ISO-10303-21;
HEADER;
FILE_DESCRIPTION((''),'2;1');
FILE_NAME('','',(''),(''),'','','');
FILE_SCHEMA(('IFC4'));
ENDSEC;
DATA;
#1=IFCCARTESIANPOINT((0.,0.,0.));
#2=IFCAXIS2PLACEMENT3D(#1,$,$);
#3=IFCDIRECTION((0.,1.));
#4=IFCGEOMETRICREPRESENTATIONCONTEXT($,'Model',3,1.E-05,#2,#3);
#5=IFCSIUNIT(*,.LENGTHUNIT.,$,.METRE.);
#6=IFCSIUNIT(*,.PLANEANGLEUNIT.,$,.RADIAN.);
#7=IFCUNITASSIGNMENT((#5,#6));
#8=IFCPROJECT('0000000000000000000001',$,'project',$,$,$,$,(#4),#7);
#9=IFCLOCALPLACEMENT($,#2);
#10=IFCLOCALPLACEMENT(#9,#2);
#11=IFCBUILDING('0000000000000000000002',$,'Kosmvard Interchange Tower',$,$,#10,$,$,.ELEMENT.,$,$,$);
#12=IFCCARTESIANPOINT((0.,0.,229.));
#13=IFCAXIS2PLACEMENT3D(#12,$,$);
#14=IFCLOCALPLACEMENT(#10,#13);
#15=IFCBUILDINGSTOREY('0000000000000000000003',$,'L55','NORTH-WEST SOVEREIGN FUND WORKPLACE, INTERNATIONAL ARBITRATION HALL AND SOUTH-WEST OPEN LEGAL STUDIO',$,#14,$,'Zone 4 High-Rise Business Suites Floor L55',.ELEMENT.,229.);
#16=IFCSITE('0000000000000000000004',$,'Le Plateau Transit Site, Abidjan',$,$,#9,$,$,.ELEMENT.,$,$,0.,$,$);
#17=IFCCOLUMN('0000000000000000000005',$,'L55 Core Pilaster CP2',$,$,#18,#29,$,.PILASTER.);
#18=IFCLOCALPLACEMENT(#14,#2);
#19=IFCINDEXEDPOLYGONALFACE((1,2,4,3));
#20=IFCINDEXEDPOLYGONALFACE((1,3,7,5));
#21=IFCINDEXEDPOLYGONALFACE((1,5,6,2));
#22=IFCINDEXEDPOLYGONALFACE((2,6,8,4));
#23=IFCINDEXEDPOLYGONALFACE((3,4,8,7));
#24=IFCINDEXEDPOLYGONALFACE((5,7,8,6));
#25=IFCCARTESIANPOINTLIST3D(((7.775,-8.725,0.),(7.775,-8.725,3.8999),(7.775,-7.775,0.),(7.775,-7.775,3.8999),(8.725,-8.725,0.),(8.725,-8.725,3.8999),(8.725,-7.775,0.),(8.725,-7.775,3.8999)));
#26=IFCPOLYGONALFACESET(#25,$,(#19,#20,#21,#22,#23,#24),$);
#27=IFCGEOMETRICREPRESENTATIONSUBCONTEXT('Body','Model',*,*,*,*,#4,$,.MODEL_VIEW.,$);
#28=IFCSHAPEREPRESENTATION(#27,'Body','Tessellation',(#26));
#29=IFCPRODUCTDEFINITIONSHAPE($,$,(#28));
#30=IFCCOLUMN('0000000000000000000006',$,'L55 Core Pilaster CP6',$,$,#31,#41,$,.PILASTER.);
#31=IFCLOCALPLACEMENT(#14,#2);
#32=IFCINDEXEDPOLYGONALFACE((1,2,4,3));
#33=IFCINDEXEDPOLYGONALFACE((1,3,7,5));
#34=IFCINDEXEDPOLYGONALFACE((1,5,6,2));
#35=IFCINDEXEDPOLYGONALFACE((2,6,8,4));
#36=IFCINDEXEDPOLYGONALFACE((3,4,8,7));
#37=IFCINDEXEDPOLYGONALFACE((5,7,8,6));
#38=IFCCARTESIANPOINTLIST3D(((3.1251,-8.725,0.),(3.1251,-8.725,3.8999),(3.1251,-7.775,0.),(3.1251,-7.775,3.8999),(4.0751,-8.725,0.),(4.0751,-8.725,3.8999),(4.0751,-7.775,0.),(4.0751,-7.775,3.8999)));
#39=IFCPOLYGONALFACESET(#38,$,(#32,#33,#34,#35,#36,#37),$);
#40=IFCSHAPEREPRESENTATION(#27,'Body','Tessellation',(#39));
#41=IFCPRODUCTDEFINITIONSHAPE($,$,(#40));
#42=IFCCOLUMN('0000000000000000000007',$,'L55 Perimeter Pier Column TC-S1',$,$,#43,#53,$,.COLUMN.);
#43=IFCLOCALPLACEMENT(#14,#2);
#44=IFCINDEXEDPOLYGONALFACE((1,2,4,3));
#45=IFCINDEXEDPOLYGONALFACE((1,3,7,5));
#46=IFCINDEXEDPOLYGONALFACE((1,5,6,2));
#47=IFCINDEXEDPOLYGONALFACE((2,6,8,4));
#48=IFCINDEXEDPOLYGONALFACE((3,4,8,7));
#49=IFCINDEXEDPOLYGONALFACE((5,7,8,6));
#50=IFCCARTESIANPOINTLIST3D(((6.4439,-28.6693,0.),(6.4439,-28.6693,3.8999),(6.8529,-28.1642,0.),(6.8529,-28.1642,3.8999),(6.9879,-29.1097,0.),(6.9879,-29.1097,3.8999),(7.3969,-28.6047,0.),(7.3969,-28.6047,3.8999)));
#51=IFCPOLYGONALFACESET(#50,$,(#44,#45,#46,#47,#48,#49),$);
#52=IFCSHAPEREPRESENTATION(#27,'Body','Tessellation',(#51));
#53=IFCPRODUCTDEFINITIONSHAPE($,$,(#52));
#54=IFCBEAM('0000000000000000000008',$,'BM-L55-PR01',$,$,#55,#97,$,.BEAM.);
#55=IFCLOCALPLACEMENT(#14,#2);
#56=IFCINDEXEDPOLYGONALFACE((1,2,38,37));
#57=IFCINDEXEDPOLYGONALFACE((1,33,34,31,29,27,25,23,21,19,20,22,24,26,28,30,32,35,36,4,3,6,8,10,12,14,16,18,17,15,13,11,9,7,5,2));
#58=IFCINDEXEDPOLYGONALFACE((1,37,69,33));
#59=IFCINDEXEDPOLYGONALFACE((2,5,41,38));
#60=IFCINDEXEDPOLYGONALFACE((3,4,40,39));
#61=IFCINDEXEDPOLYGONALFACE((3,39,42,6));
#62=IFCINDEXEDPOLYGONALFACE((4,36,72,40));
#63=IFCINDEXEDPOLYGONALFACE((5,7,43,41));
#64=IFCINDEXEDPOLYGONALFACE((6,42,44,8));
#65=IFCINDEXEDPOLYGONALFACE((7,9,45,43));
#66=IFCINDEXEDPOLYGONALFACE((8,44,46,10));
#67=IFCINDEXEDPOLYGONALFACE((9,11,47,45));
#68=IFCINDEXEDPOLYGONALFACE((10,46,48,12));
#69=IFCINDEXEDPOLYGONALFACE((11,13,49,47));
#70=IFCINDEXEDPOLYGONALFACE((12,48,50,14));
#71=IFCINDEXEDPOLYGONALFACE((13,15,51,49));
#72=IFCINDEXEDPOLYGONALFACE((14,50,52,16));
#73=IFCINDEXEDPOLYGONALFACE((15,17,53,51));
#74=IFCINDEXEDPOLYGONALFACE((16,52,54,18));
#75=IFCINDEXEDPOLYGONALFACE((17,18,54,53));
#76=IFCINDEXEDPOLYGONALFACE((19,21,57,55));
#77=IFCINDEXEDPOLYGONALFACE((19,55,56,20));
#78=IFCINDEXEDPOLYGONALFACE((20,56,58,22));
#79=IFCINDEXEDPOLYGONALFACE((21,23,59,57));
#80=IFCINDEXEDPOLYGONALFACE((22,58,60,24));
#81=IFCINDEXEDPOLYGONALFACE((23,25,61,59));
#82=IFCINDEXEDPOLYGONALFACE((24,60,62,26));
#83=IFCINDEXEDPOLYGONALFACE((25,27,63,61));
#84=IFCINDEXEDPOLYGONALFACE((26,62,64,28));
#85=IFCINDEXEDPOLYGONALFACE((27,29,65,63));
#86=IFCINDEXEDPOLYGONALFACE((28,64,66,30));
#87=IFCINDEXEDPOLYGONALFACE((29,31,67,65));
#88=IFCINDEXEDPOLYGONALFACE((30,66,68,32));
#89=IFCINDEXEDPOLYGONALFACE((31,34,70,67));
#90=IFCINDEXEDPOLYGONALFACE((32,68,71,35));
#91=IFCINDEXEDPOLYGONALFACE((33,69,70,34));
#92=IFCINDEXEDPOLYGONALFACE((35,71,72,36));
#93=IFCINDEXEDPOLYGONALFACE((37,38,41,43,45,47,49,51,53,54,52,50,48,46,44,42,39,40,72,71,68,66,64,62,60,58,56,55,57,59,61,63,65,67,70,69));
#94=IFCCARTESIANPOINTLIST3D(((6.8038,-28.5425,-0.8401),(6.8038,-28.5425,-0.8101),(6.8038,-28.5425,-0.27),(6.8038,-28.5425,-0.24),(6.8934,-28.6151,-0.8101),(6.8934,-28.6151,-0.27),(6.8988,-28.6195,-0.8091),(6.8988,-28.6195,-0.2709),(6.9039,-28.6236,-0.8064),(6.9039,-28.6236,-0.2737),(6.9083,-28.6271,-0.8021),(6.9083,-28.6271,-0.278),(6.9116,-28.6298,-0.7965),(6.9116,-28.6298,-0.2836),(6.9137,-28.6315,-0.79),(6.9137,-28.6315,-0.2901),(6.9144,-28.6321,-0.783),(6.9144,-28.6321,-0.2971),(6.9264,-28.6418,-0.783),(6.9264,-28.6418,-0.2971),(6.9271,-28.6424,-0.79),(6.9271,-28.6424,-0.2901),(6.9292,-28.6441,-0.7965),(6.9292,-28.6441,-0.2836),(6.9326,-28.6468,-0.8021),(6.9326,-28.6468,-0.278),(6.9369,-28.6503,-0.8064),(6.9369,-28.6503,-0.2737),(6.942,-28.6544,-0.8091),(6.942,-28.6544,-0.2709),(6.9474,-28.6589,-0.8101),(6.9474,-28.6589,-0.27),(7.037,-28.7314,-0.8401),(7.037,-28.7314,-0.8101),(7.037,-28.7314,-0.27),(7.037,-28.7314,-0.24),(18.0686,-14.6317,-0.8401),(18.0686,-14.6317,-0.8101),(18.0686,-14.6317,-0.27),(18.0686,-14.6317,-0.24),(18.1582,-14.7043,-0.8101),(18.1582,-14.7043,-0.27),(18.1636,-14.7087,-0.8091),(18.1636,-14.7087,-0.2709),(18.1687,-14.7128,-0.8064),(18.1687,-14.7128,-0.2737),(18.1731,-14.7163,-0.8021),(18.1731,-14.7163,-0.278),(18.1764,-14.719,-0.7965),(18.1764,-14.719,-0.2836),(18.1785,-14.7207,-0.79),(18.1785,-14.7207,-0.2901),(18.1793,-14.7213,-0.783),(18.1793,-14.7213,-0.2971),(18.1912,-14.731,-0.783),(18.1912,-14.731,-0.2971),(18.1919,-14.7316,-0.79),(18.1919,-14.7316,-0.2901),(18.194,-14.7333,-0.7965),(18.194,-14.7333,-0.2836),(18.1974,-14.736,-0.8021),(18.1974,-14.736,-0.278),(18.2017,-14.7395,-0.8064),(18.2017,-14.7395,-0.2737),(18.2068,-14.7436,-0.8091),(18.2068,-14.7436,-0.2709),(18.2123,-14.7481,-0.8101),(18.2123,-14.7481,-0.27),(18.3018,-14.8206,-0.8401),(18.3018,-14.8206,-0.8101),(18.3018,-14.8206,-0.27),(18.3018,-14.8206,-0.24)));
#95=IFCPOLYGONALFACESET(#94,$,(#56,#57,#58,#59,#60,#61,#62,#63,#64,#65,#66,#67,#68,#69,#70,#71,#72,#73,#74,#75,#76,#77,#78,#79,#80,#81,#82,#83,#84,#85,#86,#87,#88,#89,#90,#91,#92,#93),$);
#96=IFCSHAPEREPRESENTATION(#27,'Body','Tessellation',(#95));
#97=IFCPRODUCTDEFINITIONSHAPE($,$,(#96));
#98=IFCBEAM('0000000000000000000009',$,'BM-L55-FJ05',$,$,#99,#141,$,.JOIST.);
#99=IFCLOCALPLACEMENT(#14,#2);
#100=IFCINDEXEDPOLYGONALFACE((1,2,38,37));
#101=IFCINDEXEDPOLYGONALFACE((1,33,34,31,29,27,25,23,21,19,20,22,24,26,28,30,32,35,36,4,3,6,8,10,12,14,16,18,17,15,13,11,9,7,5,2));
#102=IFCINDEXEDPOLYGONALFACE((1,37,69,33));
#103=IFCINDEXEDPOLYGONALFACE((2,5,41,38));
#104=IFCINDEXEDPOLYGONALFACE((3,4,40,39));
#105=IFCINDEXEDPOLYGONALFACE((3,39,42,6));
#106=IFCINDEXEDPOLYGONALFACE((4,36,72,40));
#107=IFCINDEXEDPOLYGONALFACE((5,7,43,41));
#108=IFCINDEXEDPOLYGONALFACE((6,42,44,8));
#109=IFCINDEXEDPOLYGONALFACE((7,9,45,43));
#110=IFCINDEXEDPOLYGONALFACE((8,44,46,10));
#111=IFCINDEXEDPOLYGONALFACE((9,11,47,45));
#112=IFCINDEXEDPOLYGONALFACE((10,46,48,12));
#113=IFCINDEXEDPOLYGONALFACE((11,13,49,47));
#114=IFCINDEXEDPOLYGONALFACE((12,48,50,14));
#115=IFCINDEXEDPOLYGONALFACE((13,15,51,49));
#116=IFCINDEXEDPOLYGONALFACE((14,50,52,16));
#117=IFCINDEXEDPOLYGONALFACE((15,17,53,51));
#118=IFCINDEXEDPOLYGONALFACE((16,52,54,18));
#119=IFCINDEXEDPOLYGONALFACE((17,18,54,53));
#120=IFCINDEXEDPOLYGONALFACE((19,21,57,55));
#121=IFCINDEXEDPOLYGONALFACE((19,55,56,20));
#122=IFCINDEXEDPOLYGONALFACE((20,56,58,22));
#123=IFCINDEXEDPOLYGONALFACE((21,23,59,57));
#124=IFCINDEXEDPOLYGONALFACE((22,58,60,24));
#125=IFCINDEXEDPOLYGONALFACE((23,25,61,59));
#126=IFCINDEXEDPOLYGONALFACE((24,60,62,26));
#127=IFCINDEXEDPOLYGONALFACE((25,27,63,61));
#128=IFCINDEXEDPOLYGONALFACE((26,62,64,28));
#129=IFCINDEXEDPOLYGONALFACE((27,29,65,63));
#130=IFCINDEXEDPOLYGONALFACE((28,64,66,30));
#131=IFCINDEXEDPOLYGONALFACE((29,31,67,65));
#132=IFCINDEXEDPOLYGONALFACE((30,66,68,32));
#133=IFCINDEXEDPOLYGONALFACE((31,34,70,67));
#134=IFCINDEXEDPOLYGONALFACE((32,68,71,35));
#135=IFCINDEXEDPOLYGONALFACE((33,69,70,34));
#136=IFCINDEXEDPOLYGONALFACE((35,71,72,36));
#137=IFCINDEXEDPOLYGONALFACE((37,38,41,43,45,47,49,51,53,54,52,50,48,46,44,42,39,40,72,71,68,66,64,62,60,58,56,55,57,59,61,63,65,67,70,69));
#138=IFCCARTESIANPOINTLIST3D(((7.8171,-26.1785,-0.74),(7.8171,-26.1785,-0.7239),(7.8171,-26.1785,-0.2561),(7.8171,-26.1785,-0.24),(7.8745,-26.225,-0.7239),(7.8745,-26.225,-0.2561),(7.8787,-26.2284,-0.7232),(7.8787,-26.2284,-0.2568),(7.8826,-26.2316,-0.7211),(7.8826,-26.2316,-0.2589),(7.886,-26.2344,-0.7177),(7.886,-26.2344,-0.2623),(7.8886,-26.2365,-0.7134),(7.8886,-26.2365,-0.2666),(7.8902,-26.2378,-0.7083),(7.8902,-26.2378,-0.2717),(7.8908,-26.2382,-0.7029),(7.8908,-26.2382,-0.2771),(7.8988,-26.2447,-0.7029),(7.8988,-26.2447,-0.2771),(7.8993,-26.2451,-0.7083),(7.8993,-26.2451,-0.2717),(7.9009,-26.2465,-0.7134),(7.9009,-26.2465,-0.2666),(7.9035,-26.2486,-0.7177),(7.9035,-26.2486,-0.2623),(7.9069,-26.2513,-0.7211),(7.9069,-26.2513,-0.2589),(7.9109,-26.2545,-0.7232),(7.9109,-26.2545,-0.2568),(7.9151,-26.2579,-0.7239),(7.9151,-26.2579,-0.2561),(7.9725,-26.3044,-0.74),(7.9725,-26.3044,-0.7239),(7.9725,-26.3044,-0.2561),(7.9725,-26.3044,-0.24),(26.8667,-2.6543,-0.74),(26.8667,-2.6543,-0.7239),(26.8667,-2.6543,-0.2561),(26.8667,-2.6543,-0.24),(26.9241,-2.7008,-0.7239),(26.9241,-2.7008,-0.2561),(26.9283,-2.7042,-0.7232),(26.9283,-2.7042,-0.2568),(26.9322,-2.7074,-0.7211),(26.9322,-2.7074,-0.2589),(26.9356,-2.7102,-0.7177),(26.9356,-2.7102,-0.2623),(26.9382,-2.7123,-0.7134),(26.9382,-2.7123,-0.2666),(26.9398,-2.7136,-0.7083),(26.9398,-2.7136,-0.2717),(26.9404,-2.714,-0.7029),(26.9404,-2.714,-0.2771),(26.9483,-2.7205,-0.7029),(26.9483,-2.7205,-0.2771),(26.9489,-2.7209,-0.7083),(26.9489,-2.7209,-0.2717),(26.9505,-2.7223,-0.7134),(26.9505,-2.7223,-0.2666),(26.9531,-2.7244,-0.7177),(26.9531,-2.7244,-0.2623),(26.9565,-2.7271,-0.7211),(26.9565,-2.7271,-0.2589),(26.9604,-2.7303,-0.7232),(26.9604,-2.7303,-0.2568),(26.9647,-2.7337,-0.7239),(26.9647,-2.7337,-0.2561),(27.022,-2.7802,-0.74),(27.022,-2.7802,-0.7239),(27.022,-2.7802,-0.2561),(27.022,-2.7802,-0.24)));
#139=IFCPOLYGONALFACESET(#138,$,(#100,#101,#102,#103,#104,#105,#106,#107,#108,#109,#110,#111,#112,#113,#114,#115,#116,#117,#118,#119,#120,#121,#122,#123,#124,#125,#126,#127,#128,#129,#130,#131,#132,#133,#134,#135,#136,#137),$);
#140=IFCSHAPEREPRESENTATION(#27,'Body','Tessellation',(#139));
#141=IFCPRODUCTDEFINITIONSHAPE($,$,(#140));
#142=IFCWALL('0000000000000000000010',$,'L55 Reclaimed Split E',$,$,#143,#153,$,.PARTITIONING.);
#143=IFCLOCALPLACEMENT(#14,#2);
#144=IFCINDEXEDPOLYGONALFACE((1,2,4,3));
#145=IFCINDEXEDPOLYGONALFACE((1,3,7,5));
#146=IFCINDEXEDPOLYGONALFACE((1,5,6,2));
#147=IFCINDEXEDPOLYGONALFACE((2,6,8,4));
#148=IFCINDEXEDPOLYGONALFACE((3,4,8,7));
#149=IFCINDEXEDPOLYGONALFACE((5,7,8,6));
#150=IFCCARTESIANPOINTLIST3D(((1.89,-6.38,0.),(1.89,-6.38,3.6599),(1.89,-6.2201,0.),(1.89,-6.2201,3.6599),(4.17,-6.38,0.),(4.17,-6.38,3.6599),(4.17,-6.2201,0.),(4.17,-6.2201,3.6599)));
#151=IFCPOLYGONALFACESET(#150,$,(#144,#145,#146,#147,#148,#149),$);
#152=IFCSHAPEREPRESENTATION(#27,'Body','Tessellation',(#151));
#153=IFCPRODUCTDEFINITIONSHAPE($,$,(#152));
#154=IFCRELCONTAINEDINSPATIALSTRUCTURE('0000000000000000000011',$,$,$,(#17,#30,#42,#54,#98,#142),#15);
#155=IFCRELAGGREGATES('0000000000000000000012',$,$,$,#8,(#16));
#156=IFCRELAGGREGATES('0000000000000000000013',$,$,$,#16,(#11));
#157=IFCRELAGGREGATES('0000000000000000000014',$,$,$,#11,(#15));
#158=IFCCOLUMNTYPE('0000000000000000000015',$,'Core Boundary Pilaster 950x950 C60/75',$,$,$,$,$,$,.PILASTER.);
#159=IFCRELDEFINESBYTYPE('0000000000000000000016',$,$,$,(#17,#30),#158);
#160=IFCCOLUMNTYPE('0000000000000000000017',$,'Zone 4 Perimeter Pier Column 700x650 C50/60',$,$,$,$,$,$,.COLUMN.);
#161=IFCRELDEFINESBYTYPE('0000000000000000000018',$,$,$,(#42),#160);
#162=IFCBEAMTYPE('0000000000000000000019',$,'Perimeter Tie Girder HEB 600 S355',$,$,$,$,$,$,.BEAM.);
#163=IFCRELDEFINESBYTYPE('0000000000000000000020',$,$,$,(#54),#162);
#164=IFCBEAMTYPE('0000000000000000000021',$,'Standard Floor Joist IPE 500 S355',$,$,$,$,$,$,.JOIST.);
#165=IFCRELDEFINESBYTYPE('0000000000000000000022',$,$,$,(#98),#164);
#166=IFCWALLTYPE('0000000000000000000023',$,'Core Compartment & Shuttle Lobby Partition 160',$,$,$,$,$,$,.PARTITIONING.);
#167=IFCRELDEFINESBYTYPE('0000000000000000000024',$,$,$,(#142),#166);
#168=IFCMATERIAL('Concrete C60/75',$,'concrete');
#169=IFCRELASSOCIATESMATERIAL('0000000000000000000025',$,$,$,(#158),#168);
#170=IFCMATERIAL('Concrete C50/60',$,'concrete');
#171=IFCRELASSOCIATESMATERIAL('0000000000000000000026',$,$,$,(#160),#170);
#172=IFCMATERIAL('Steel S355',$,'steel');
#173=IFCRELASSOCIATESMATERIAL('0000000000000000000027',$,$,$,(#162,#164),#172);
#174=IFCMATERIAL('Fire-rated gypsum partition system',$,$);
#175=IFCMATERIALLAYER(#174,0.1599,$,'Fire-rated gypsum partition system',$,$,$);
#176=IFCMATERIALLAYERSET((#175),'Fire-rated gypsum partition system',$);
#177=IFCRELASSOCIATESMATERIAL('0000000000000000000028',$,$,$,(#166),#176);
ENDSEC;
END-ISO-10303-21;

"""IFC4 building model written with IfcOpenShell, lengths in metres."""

from ifc_helpers import new_model, si_unit, direction, frame, frame_2d, origin, origin_2d, place, context, subcontext, project, spatial, rectangle, i_section, extrude, source, transform, mapped, material, layer, layer_set, material_profile, profile_set, type_object, element, save


model = new_model("IFC4")

# Units and contexts
model_context = context("Model", 3, precision=1e-05, world=origin(), true_north=direction((0.0, 1.0)))
body_context = subcontext(model_context, "Body", "Model", "MODEL_VIEW")
ifc_project = project(units=[si_unit("LENGTHUNIT", "METRE"), si_unit("PLANEANGLEUNIT", "RADIAN")], contexts=[model_context])

# Site, building, storey
site_placement = place(None, origin())
site = spatial("IfcSite", under=ifc_project, at=site_placement, Name="Le Plateau Transit Site, Abidjan", CompositionType="ELEMENT", RefElevation=0.0)
building_placement = place(site_placement, origin())
building = spatial("IfcBuilding", under=site, at=building_placement, Name="Kosmvard Interchange Tower", CompositionType="ELEMENT")
storey_placement = place(building_placement, frame((0.0, 0.0, 229.0)))
storey = spatial("IfcBuildingStorey", under=building, at=storey_placement, Name="L55", Description="NORTH-WEST SOVEREIGN FUND WORKPLACE, INTERNATIONAL ARBITRATION HALL AND SOUTH-WEST OPEN LEGAL STUDIO", LongName="Zone 4 High-Rise Business Suites Floor L55", CompositionType="ELEMENT", Elevation=229.0)

# Columns
ifc_material_1 = material(Name="Concrete C60/75", Category="concrete")
ifc_material_profile_1 = material_profile(ifc_material_1, rectangle(XDim=0.95, YDim=0.95, at=origin_2d()), Name="CP 950x950")
ifc_profile_set_1 = profile_set([ifc_material_profile_1], Name="Concrete C60/75")
column_type_1 = type_object("IfcColumnType", Name="Core Boundary Pilaster 950x950 C60/75", PredefinedType="PILASTER", material=ifc_profile_set_1)
shared_shape_1 = source(origin(), body_context, "Body", "SweptSolid", [
    extrude(rectangle(XDim=0.95, YDim=0.95, at=origin_2d()), origin(), (0.0, 0.0, 1.0), 3.8999),
])
for number, where, z_axis, x_axis, name in (
    (1, (8.25, -8.25, 0.0), (0.0, 0.0, 1.0), (1.0, 0.0, 0.0), "L55 Core Pilaster CP2"),
    (2, (3.6001, -8.25, 0.0), (0.0, 0.0, 1.0), (1.0, 0.0, 0.0), "L55 Core Pilaster CP6"),
):
    element("IfcColumn", number, at=place(storey_placement, frame(where, z_axis=z_axis, x_axis=x_axis)), inside=storey, type_object=column_type_1, Name=name, PredefinedType="PILASTER", context=body_context, shape_type="MappedRepresentation", body=[
        mapped(shared_shape_1, transform((0.0, 0.0, 0.0), scale=1.0)),
    ])
ifc_material_2 = material(Name="Concrete C50/60", Category="concrete")
ifc_material_profile_2 = material_profile(ifc_material_2, rectangle(XDim=0.6499, YDim=0.7, at=origin_2d()), Name="TC 700x650")
ifc_profile_set_2 = profile_set([ifc_material_profile_2], Name="Concrete C50/60")
column_type_2 = type_object("IfcColumnType", Name="Zone 4 Perimeter Pier Column 700x650 C50/60", PredefinedType="COLUMN", material=ifc_profile_set_2)
shared_shape_2 = source(origin(), body_context, "Body", "SweptSolid", [
    extrude(rectangle(XDim=0.6499, YDim=0.7, at=origin_2d()), origin(), (0.0, 0.0, 1.0), 3.8999),
])
column_placement = place(storey_placement, frame((6.9204, -28.637, 0.0), z_axis=(0.0, 0.0, 1.0), x_axis=(0.62932, 0.777146, 0.0)))
element("IfcColumn", 3, at=column_placement, inside=storey, type_object=column_type_2, Name="L55 Perimeter Pier Column TC-S1", PredefinedType="COLUMN", context=body_context, shape_type="MappedRepresentation", body=[
    mapped(shared_shape_2, transform((0.0, 0.0, 0.0), scale=1.0)),
])

# Beams
ifc_material_3 = material(Name="Steel S355", Category="steel")
ifc_material_profile_3 = material_profile(ifc_material_3, i_section(OverallWidth=0.3, OverallDepth=0.6001, WebThickness=0.0154, FlangeThickness=0.03, FilletRadius=0.0271, at=origin_2d()), Name="HEB 600")
ifc_profile_set_3 = profile_set([ifc_material_profile_3], Name="Steel S355")
beam_type_1 = type_object("IfcBeamType", Name="Perimeter Tie Girder HEB 600 S355", PredefinedType="BEAM", material=ifc_profile_set_3)
shared_shape_3 = source(origin(), body_context, "Body", "SweptSolid", [
    extrude(i_section(OverallWidth=0.3, OverallDepth=0.6001, WebThickness=0.0154, FlangeThickness=0.03, FilletRadius=0.0271, at=origin_2d()), origin(), (0.0, 0.0, 1.0), 17.8999),
])
beam_1_placement = place(storey_placement, frame((6.9204, -28.637, -0.54), z_axis=(0.629323, 0.777144, 0.0), x_axis=(-0.777144, 0.629323, 0.0)))
element("IfcBeam", 4, at=beam_1_placement, inside=storey, type_object=beam_type_1, Name="BM-L55-PR01", PredefinedType="BEAM", context=body_context, shape_type="MappedRepresentation", body=[
    mapped(shared_shape_3, transform((0.0, 0.0, 0.0), scale=1.0)),
])
ifc_material_profile_4 = material_profile(ifc_material_3, i_section(OverallWidth=0.2, OverallDepth=0.5, WebThickness=0.0103, FlangeThickness=0.0161, FilletRadius=0.021, at=origin_2d()), Name="IPE 500")
ifc_profile_set_4 = profile_set([ifc_material_profile_4], Name="Steel S355")
beam_type_2 = type_object("IfcBeamType", Name="Standard Floor Joist IPE 500 S355", PredefinedType="JOIST", material=ifc_profile_set_4)
shared_shape_4 = source(origin(), body_context, "Body", "SweptSolid", [
    extrude(i_section(OverallWidth=0.2, OverallDepth=0.5, WebThickness=0.0103, FlangeThickness=0.0161, FilletRadius=0.021, at=origin_2d()), origin(), (0.0, 0.0, 1.0), 30.27),
])
beam_2_placement = place(storey_placement, frame((7.8948, -26.2415, -0.49), z_axis=(0.629322, 0.777145, 0.0), x_axis=(-0.777145, 0.629322, 0.0)))
element("IfcBeam", 5, at=beam_2_placement, inside=storey, type_object=beam_type_2, Name="BM-L55-FJ05", PredefinedType="JOIST", context=body_context, shape_type="MappedRepresentation", body=[
    mapped(shared_shape_4, transform((0.0, 0.0, 0.0), scale=1.0)),
])

# Wall
ifc_material_4 = material(Name="Fire-rated gypsum partition system")
ifc_layer_1 = layer(ifc_material_4, 0.1599, Name="Fire-rated gypsum partition system")
ifc_layer_set_1 = layer_set([ifc_layer_1], Name="Fire-rated gypsum partition system")
wall_type_1 = type_object("IfcWallType", Name="Core Compartment & Shuttle Lobby Partition 160", PredefinedType="PARTITIONING", material=ifc_layer_set_1)
wall_1_placement = place(storey_placement, frame((1.8899, -6.3, 0.0), z_axis=(0.0, 0.0, 1.0), x_axis=(1.0, 0.0, 0.0)))
element("IfcWall", 6, at=wall_1_placement, inside=storey, type_object=wall_type_1, Name="L55 Reclaimed Split E", PredefinedType="PARTITIONING", context=body_context, shape_type="SweptSolid", body=[
    extrude(rectangle(XDim=2.28, YDim=0.1599, at=frame_2d((1.1401, 0.0))), origin(), (0.0, 0.0, 1.0), 3.6599),
])

save(model, "model.ifc")
